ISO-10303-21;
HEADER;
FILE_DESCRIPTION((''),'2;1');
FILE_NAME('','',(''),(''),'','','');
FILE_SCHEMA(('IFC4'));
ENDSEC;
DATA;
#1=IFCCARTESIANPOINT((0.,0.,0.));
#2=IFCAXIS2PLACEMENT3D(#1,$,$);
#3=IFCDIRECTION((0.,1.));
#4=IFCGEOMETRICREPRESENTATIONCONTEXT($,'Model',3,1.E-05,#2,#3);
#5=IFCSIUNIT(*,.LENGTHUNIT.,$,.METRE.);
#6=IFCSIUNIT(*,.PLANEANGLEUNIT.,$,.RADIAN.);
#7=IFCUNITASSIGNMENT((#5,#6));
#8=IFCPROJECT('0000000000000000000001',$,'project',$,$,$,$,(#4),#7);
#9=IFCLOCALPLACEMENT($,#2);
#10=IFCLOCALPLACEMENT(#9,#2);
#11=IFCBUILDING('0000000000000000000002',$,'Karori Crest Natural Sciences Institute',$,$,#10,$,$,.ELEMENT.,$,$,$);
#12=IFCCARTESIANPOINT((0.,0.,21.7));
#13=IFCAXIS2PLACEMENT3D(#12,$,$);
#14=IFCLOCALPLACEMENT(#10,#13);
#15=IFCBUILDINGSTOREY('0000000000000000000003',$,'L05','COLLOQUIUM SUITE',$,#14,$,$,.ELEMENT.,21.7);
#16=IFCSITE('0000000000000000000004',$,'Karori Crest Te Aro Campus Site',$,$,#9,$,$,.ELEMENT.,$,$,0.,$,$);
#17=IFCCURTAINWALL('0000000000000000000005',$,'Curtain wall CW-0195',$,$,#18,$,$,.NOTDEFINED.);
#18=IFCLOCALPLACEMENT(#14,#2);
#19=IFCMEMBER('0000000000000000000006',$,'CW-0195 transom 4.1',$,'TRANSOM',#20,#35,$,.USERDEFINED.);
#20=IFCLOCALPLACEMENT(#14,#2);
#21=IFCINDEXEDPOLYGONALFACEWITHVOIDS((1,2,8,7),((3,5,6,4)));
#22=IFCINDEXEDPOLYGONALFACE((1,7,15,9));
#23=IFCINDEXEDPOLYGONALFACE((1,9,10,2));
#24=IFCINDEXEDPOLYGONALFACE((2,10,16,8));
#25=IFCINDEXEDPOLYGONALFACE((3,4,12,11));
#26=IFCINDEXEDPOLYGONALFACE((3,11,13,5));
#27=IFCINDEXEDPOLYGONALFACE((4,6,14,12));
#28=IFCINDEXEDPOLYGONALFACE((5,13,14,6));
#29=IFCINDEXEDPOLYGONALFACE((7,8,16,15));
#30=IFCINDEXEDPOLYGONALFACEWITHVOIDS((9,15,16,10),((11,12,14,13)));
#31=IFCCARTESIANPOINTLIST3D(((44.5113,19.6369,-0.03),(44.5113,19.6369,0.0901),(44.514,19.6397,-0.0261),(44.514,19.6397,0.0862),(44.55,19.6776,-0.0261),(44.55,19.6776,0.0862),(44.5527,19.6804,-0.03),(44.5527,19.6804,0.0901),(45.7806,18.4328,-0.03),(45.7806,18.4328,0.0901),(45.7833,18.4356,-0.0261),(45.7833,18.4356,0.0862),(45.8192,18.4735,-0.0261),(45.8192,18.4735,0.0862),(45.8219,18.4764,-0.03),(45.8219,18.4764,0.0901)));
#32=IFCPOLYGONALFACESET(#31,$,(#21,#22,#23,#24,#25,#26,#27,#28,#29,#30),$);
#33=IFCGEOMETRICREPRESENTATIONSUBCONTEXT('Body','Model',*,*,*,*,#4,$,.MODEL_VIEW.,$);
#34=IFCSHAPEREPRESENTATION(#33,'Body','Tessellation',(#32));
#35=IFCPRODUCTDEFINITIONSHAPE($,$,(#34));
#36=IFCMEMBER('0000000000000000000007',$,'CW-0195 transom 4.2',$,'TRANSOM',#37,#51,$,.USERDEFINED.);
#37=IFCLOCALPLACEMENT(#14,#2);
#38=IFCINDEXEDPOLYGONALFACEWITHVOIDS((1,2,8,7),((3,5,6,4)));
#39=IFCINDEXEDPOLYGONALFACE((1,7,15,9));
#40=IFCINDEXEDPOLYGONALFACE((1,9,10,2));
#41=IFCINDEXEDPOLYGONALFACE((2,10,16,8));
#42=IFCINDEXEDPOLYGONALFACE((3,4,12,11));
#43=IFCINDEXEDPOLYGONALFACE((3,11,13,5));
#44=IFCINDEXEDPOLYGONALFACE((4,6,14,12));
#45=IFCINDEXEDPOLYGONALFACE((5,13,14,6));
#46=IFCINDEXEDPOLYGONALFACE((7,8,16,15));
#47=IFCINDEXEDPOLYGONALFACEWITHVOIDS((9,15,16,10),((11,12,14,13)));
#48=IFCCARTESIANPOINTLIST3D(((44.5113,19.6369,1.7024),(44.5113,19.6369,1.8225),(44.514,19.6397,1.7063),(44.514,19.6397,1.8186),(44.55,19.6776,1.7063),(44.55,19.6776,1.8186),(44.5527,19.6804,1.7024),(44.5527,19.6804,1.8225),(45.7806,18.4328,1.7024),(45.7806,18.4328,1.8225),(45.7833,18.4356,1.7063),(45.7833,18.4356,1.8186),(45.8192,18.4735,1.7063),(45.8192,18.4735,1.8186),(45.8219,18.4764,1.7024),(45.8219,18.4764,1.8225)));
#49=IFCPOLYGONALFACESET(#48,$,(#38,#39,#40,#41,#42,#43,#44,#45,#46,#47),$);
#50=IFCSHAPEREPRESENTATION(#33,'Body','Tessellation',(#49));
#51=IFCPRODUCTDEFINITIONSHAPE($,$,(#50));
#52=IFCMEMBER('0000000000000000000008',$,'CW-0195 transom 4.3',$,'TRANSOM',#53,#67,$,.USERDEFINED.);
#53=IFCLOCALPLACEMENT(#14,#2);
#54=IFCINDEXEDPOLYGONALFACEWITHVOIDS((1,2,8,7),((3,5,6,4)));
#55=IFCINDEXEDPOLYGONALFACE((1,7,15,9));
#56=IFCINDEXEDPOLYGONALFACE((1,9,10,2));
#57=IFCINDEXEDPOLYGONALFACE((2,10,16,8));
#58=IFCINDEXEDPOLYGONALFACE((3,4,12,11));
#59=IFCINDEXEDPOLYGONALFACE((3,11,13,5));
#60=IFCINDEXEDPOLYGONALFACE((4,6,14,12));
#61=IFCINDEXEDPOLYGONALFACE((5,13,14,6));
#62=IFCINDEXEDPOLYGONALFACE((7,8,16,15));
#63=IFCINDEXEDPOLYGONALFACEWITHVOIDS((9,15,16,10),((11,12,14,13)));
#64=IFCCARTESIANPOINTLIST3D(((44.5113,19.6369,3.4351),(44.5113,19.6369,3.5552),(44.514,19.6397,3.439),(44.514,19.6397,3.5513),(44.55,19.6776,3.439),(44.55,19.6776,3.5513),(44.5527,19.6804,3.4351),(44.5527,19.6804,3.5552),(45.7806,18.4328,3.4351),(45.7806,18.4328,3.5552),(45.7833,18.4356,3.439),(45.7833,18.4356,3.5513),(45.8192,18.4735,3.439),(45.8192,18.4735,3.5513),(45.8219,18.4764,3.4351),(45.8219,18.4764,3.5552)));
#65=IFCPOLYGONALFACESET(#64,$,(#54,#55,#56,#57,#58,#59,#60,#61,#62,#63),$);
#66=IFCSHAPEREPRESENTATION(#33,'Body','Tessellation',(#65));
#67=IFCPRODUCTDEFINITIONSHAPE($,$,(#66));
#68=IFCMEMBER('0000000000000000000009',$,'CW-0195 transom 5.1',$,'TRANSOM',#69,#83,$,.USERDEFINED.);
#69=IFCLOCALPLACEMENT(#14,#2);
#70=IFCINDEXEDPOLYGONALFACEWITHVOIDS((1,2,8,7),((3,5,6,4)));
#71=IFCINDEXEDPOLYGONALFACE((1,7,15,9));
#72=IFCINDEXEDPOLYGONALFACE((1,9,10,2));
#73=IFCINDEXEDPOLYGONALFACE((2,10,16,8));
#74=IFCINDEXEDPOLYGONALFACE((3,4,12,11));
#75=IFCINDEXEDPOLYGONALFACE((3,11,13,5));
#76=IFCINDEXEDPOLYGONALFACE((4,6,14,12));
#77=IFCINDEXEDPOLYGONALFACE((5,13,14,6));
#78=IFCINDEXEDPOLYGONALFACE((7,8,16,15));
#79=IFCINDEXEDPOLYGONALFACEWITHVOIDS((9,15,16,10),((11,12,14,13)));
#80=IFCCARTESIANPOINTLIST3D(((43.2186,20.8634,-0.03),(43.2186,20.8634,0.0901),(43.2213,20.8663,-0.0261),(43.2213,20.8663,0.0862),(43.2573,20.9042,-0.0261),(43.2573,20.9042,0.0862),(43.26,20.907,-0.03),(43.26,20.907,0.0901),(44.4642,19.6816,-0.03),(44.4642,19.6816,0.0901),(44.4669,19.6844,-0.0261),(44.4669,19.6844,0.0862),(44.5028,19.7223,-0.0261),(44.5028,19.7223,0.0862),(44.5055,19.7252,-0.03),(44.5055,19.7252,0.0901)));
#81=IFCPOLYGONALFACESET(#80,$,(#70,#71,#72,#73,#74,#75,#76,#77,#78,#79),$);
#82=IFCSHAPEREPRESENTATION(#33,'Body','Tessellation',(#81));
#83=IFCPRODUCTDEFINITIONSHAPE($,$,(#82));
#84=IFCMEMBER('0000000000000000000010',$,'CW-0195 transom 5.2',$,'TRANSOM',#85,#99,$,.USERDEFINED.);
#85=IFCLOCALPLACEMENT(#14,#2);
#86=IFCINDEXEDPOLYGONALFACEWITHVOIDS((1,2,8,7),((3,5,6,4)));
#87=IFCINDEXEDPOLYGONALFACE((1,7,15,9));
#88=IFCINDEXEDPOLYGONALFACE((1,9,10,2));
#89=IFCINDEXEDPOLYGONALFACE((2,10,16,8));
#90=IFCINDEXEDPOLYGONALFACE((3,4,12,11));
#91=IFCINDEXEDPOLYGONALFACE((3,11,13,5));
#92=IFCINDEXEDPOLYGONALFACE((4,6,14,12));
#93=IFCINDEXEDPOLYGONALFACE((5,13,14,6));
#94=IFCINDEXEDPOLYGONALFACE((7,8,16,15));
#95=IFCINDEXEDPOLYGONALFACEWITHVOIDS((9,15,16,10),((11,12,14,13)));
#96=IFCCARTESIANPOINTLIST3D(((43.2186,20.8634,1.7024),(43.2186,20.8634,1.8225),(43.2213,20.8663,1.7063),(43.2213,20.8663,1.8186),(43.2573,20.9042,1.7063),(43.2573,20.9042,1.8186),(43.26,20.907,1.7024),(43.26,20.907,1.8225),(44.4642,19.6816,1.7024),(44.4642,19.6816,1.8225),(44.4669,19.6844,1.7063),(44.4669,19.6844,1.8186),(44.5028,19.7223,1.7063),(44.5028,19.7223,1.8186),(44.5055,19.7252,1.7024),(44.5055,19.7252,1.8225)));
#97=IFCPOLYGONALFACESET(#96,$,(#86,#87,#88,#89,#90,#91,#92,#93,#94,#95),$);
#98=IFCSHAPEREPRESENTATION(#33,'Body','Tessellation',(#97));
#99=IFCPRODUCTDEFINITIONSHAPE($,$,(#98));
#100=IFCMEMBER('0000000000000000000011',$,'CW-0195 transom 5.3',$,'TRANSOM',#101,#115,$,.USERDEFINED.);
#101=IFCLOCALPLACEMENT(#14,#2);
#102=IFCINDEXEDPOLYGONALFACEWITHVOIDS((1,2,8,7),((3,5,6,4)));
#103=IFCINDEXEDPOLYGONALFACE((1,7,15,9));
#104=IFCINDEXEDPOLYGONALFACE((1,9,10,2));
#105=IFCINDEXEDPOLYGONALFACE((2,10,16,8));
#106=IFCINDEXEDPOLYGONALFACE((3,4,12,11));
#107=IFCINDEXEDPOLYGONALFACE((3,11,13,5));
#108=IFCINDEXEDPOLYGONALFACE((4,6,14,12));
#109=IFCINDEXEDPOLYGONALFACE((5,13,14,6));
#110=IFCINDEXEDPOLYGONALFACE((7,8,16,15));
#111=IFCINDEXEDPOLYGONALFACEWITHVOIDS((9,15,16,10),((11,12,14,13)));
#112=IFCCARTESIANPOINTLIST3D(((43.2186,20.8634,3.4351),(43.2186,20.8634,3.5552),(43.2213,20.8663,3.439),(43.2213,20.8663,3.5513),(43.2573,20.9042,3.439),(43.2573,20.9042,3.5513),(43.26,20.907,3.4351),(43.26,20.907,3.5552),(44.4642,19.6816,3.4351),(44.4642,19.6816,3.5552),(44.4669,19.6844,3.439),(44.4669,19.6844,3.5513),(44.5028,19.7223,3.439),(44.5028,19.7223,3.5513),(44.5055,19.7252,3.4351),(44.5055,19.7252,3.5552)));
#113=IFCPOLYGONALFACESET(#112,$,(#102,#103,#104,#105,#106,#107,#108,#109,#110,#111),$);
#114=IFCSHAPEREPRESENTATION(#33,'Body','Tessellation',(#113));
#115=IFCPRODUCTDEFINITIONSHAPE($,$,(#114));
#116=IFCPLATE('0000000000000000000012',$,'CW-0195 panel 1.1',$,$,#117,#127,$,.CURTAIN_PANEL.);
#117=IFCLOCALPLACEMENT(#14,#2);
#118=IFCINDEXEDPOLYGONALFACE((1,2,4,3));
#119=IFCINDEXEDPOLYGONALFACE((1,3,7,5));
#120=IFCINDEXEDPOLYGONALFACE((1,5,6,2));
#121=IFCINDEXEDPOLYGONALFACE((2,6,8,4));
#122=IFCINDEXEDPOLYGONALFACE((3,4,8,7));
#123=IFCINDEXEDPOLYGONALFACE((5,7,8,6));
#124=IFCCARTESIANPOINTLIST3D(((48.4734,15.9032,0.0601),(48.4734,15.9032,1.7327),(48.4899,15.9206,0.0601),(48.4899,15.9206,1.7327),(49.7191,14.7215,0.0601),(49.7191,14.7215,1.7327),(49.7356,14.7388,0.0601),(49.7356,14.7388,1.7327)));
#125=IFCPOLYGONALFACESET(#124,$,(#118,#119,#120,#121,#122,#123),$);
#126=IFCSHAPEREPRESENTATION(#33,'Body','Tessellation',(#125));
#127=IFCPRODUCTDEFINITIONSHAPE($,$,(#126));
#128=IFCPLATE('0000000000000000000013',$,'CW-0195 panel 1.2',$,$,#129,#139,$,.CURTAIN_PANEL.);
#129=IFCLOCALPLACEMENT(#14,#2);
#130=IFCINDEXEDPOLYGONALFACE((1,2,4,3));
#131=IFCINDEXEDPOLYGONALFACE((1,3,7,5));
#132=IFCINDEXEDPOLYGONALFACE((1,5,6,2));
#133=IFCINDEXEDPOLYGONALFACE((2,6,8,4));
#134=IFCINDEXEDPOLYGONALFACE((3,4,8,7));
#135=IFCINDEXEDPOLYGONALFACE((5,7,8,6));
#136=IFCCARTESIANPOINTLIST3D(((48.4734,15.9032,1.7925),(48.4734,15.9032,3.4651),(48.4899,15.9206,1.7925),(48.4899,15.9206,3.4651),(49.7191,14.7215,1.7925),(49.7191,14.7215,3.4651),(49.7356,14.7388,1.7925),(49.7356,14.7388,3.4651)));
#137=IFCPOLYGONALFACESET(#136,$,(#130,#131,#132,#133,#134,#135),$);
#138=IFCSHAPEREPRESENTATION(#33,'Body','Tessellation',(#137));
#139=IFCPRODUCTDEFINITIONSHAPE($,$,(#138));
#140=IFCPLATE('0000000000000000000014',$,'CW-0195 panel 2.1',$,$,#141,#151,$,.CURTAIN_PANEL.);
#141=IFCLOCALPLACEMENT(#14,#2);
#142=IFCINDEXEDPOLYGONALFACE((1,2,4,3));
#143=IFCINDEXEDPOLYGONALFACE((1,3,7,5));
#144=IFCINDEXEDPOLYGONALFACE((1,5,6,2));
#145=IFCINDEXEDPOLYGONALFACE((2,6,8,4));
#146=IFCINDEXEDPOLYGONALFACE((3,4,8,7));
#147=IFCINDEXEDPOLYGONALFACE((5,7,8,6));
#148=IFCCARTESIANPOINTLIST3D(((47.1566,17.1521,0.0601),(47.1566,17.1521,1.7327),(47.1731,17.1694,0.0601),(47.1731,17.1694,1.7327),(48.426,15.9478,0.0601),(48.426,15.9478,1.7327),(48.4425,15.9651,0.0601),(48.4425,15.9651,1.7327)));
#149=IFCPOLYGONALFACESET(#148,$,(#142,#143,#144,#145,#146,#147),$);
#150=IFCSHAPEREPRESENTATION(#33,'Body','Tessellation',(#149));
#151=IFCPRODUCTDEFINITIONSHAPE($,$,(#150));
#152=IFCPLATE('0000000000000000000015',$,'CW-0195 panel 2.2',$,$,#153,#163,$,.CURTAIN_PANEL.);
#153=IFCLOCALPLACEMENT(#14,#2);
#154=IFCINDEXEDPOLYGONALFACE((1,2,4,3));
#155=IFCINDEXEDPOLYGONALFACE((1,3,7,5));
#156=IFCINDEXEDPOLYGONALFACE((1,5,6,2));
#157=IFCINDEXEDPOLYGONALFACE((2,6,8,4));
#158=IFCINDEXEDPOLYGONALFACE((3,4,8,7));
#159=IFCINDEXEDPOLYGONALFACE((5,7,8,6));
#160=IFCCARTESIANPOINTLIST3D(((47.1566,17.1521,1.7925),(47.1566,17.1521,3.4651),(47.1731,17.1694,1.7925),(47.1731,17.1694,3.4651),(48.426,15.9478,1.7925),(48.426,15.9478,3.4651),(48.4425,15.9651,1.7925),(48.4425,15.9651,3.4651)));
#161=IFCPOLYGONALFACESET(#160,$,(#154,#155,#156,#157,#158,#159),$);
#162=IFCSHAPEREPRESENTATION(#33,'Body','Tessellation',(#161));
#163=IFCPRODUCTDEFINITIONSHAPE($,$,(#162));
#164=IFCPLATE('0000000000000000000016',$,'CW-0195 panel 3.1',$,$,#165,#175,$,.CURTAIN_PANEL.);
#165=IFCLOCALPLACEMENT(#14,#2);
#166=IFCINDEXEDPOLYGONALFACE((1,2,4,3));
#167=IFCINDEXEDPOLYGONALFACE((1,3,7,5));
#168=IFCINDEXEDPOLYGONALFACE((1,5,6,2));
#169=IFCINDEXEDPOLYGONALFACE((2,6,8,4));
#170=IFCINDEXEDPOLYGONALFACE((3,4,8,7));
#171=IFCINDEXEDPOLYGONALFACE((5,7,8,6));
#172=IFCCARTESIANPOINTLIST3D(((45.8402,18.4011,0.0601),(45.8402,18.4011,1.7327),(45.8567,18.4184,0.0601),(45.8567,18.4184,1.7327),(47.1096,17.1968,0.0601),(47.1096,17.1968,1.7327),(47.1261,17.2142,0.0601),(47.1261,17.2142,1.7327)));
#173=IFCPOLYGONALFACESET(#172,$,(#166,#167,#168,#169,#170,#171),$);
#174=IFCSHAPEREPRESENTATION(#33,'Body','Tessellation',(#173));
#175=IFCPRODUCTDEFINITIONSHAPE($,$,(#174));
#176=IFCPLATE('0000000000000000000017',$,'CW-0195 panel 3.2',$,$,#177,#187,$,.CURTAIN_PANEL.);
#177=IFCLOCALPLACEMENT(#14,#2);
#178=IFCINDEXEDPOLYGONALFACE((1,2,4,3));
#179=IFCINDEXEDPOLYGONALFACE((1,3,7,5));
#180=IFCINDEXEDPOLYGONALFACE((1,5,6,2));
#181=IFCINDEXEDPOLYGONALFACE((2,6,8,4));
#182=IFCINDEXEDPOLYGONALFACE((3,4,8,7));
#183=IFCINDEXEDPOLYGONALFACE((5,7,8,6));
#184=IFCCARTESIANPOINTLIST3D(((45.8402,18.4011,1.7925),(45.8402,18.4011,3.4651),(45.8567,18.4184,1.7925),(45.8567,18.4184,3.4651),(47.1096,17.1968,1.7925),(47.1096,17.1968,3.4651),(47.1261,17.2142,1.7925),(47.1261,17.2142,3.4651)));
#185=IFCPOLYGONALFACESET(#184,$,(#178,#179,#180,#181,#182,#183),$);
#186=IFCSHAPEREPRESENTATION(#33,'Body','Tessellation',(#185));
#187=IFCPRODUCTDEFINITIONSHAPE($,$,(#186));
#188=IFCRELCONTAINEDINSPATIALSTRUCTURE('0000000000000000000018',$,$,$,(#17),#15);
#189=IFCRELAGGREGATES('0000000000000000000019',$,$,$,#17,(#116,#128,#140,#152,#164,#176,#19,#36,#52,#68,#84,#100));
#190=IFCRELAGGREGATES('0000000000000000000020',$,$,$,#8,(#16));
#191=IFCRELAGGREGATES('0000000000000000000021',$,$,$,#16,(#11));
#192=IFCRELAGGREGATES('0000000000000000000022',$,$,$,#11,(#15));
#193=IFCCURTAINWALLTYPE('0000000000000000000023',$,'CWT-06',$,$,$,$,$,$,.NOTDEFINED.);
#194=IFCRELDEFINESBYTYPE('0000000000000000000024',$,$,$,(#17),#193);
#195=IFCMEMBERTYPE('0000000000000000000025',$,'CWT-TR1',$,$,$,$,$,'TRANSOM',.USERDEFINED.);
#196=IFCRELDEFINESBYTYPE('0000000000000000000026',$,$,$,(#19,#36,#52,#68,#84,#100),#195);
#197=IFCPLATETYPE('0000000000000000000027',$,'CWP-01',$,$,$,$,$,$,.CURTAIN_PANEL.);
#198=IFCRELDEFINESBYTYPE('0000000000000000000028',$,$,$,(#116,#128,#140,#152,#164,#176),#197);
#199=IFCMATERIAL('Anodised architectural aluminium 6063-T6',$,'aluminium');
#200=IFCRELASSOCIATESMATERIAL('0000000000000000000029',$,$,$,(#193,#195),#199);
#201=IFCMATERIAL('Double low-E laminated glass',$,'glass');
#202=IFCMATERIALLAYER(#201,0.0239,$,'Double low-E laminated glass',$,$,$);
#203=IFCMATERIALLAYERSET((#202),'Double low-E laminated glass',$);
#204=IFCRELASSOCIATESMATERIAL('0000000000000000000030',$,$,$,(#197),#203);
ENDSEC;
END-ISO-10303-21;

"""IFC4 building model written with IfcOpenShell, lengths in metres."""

from ifc_helpers import new_model, si_unit, direction, frame, origin, origin_2d, place, context, subcontext, project, spatial, rectangle, hollow_rectangle, extrude, material, layer, layer_set, material_profile, profile_set, type_object, element, aggregate, save


model = new_model("IFC4")

# Units and contexts
model_context = context("Model", 3, precision=1e-05, world=origin(), true_north=direction((0.0, 1.0)))
body_context = subcontext(model_context, "Body", "Model", "MODEL_VIEW")
ifc_project = project(units=[si_unit("LENGTHUNIT", "METRE"), si_unit("PLANEANGLEUNIT", "RADIAN")], contexts=[model_context])

# Site, building, storey
site_placement = place(None, origin())
site = spatial("IfcSite", under=ifc_project, at=site_placement, Name="Karori Crest Te Aro Campus Site", CompositionType="ELEMENT", RefElevation=0.0)
building_placement = place(site_placement, origin())
building = spatial("IfcBuilding", under=site, at=building_placement, Name="Karori Crest Natural Sciences Institute", CompositionType="ELEMENT")
storey_placement = place(building_placement, frame((0.0, 0.0, 21.7)))
storey = spatial("IfcBuildingStorey", under=building, at=storey_placement, Name="L05", Description="COLLOQUIUM SUITE", CompositionType="ELEMENT", Elevation=21.7)

# Curtain wall, members, plates
ifc_material_1 = material(Name="Anodised architectural aluminium 6063-T6", Category="aluminium")
curtain_wall_type = type_object("IfcCurtainWallType", Name="CWT-06", PredefinedType="NOTDEFINED", material=ifc_material_1)
curtain_wall_placement = place(storey_placement, origin())
curtain_wall = element("IfcCurtainWall", 1, at=curtain_wall_placement, inside=storey, type_object=curtain_wall_type, Name="Curtain wall CW-0195", PredefinedType="NOTDEFINED")
ifc_material_profile_1 = material_profile(ifc_material_1, hollow_rectangle(XDim=0.0601, YDim=0.1201, WallThickness=0.0039, at=origin_2d()), Name="CWT120x60x4")
ifc_profile_set_1 = profile_set([ifc_material_profile_1], Name="Anodised architectural aluminium 6063-T6")
member_type_1 = type_object("IfcMemberType", Name="CWT-TR1", ElementType="TRANSOM", PredefinedType="USERDEFINED", material=ifc_profile_set_1)
member_1_placement = place(storey_placement, frame((45.8013, 18.4546, 0.03), z_axis=(-0.72549, 0.688232, 0.0), x_axis=(-0.688232, -0.72549, 0.0)))
member_1 = element("IfcMember", 2, at=member_1_placement, type_object=member_type_1, Name="CW-0195 transom 4.1", ObjectType="TRANSOM", PredefinedType="USERDEFINED", context=body_context, shape_type="SweptSolid", body=[
    extrude(hollow_rectangle(XDim=0.0601, YDim=0.1201, WallThickness=0.0039, at=origin_2d()), origin(), (0.0, 0.0, 1.0), 1.7495),
])
member_2_placement = place(storey_placement, frame((45.8013, 18.4546, 1.7625), z_axis=(-0.72549, 0.688232, 0.0), x_axis=(-0.688232, -0.72549, 0.0)))
member_2 = element("IfcMember", 3, at=member_2_placement, type_object=member_type_1, Name="CW-0195 transom 4.2", ObjectType="TRANSOM", PredefinedType="USERDEFINED", context=body_context, shape_type="SweptSolid", body=[
    extrude(hollow_rectangle(XDim=0.0601, YDim=0.1201, WallThickness=0.0039, at=origin_2d()), origin(), (0.0, 0.0, 1.0), 1.7495),
])
member_3_placement = place(storey_placement, frame((45.8013, 18.4546, 3.4951), z_axis=(-0.72549, 0.688232, 0.0), x_axis=(-0.688232, -0.72549, 0.0)))
member_3 = element("IfcMember", 4, at=member_3_placement, type_object=member_type_1, Name="CW-0195 transom 4.3", ObjectType="TRANSOM", PredefinedType="USERDEFINED", context=body_context, shape_type="SweptSolid", body=[
    extrude(hollow_rectangle(XDim=0.0601, YDim=0.1201, WallThickness=0.0039, at=origin_2d()), origin(), (0.0, 0.0, 1.0), 1.7495),
])
member_4_placement = place(storey_placement, frame((44.4849, 19.7034, 0.03), z_axis=(-0.725418, 0.688308, 0.0), x_axis=(-0.688308, -0.725418, 0.0)))
member_4 = element("IfcMember", 5, at=member_4_placement, type_object=member_type_1, Name="CW-0195 transom 5.1", ObjectType="TRANSOM", PredefinedType="USERDEFINED", context=body_context, shape_type="SweptSolid", body=[
    extrude(hollow_rectangle(XDim=0.0601, YDim=0.1201, WallThickness=0.0039, at=origin_2d()), origin(), (0.0, 0.0, 1.0), 1.717),
])
member_5_placement = place(storey_placement, frame((44.4849, 19.7034, 1.7625), z_axis=(-0.725418, 0.688308, 0.0), x_axis=(-0.688308, -0.725418, 0.0)))
member_5 = element("IfcMember", 6, at=member_5_placement, type_object=member_type_1, Name="CW-0195 transom 5.2", ObjectType="TRANSOM", PredefinedType="USERDEFINED", context=body_context, shape_type="SweptSolid", body=[
    extrude(hollow_rectangle(XDim=0.0601, YDim=0.1201, WallThickness=0.0039, at=origin_2d()), origin(), (0.0, 0.0, 1.0), 1.717),
])
member_6_placement = place(storey_placement, frame((44.4849, 19.7034, 3.4951), z_axis=(-0.725418, 0.688308, 0.0), x_axis=(-0.688308, -0.725418, 0.0)))
member_6 = element("IfcMember", 7, at=member_6_placement, type_object=member_type_1, Name="CW-0195 transom 5.3", ObjectType="TRANSOM", PredefinedType="USERDEFINED", context=body_context, shape_type="SweptSolid", body=[
    extrude(hollow_rectangle(XDim=0.0601, YDim=0.1201, WallThickness=0.0039, at=origin_2d()), origin(), (0.0, 0.0, 1.0), 1.717),
])
ifc_material_2 = material(Name="Double low-E laminated glass", Category="glass")
ifc_layer_1 = layer(ifc_material_2, 0.0239, Name="Double low-E laminated glass")
ifc_layer_set_1 = layer_set([ifc_layer_1], Name="Double low-E laminated glass")
plate_type = type_object("IfcPlateType", Name="CWP-01", PredefinedType="CURTAIN_PANEL", material=ifc_layer_set_1)
plate_1_placement = place(storey_placement, frame((49.1045, 15.321, 0.0601), z_axis=(0.0, 0.0, 1.0), x_axis=(-0.725471, 0.688252, 0.0)))
plate_1 = element("IfcPlate", 8, at=plate_1_placement, type_object=plate_type, Name="CW-0195 panel 1.1", PredefinedType="CURTAIN_PANEL", context=body_context, shape_type="SweptSolid", body=[
    extrude(rectangle(XDim=1.717, YDim=0.0239, at=origin_2d()), origin(), (0.0, 0.0, 1.0), 1.6726),
])
plate_2_placement = place(storey_placement, frame((49.1045, 15.321, 1.7925), z_axis=(0.0, 0.0, 1.0), x_axis=(-0.725471, 0.688252, 0.0)))
plate_2 = element("IfcPlate", 9, at=plate_2_placement, type_object=plate_type, Name="CW-0195 panel 1.2", PredefinedType="CURTAIN_PANEL", context=body_context, shape_type="SweptSolid", body=[
    extrude(rectangle(XDim=1.717, YDim=0.0239, at=origin_2d()), origin(), (0.0, 0.0, 1.0), 1.6726),
])
plate_3_placement = place(storey_placement, frame((47.7996, 16.5586, 0.0601), z_axis=(0.0, 0.0, 1.0), x_axis=(-0.725471, 0.688252, 0.0)))
plate_3 = element("IfcPlate", 10, at=plate_3_placement, type_object=plate_type, Name="CW-0195 panel 2.1", PredefinedType="CURTAIN_PANEL", context=body_context, shape_type="SweptSolid", body=[
    extrude(rectangle(XDim=1.7498, YDim=0.0239, at=origin_2d()), origin(), (0.0, 0.0, 1.0), 1.6726),
])
plate_4_placement = place(storey_placement, frame((47.7996, 16.5586, 1.7925), z_axis=(0.0, 0.0, 1.0), x_axis=(-0.725471, 0.688252, 0.0)))
plate_4 = element("IfcPlate", 11, at=plate_4_placement, type_object=plate_type, Name="CW-0195 panel 2.2", PredefinedType="CURTAIN_PANEL", context=body_context, shape_type="SweptSolid", body=[
    extrude(rectangle(XDim=1.7498, YDim=0.0239, at=origin_2d()), origin(), (0.0, 0.0, 1.0), 1.6726),
])
plate_5_placement = place(storey_placement, frame((46.4832, 17.8076, 0.0601), z_axis=(0.0, 0.0, 1.0), x_axis=(-0.725471, 0.688252, 0.0)))
plate_5 = element("IfcPlate", 12, at=plate_5_placement, type_object=plate_type, Name="CW-0195 panel 3.1", PredefinedType="CURTAIN_PANEL", context=body_context, shape_type="SweptSolid", body=[
    extrude(rectangle(XDim=1.7498, YDim=0.0239, at=origin_2d()), origin(), (0.0, 0.0, 1.0), 1.6726),
])
plate_6_placement = place(storey_placement, frame((46.4832, 17.8076, 1.7925), z_axis=(0.0, 0.0, 1.0), x_axis=(-0.725471, 0.688252, 0.0)))
plate_6 = element("IfcPlate", 13, at=plate_6_placement, type_object=plate_type, Name="CW-0195 panel 3.2", PredefinedType="CURTAIN_PANEL", context=body_context, shape_type="SweptSolid", body=[
    extrude(rectangle(XDim=1.7498, YDim=0.0239, at=origin_2d()), origin(), (0.0, 0.0, 1.0), 1.6726),
])
aggregate(curtain_wall, [plate_1, plate_2, plate_3, plate_4, plate_5, plate_6, member_1, member_2, member_3, member_4, member_5, member_6])

save(model, "model.ifc")
